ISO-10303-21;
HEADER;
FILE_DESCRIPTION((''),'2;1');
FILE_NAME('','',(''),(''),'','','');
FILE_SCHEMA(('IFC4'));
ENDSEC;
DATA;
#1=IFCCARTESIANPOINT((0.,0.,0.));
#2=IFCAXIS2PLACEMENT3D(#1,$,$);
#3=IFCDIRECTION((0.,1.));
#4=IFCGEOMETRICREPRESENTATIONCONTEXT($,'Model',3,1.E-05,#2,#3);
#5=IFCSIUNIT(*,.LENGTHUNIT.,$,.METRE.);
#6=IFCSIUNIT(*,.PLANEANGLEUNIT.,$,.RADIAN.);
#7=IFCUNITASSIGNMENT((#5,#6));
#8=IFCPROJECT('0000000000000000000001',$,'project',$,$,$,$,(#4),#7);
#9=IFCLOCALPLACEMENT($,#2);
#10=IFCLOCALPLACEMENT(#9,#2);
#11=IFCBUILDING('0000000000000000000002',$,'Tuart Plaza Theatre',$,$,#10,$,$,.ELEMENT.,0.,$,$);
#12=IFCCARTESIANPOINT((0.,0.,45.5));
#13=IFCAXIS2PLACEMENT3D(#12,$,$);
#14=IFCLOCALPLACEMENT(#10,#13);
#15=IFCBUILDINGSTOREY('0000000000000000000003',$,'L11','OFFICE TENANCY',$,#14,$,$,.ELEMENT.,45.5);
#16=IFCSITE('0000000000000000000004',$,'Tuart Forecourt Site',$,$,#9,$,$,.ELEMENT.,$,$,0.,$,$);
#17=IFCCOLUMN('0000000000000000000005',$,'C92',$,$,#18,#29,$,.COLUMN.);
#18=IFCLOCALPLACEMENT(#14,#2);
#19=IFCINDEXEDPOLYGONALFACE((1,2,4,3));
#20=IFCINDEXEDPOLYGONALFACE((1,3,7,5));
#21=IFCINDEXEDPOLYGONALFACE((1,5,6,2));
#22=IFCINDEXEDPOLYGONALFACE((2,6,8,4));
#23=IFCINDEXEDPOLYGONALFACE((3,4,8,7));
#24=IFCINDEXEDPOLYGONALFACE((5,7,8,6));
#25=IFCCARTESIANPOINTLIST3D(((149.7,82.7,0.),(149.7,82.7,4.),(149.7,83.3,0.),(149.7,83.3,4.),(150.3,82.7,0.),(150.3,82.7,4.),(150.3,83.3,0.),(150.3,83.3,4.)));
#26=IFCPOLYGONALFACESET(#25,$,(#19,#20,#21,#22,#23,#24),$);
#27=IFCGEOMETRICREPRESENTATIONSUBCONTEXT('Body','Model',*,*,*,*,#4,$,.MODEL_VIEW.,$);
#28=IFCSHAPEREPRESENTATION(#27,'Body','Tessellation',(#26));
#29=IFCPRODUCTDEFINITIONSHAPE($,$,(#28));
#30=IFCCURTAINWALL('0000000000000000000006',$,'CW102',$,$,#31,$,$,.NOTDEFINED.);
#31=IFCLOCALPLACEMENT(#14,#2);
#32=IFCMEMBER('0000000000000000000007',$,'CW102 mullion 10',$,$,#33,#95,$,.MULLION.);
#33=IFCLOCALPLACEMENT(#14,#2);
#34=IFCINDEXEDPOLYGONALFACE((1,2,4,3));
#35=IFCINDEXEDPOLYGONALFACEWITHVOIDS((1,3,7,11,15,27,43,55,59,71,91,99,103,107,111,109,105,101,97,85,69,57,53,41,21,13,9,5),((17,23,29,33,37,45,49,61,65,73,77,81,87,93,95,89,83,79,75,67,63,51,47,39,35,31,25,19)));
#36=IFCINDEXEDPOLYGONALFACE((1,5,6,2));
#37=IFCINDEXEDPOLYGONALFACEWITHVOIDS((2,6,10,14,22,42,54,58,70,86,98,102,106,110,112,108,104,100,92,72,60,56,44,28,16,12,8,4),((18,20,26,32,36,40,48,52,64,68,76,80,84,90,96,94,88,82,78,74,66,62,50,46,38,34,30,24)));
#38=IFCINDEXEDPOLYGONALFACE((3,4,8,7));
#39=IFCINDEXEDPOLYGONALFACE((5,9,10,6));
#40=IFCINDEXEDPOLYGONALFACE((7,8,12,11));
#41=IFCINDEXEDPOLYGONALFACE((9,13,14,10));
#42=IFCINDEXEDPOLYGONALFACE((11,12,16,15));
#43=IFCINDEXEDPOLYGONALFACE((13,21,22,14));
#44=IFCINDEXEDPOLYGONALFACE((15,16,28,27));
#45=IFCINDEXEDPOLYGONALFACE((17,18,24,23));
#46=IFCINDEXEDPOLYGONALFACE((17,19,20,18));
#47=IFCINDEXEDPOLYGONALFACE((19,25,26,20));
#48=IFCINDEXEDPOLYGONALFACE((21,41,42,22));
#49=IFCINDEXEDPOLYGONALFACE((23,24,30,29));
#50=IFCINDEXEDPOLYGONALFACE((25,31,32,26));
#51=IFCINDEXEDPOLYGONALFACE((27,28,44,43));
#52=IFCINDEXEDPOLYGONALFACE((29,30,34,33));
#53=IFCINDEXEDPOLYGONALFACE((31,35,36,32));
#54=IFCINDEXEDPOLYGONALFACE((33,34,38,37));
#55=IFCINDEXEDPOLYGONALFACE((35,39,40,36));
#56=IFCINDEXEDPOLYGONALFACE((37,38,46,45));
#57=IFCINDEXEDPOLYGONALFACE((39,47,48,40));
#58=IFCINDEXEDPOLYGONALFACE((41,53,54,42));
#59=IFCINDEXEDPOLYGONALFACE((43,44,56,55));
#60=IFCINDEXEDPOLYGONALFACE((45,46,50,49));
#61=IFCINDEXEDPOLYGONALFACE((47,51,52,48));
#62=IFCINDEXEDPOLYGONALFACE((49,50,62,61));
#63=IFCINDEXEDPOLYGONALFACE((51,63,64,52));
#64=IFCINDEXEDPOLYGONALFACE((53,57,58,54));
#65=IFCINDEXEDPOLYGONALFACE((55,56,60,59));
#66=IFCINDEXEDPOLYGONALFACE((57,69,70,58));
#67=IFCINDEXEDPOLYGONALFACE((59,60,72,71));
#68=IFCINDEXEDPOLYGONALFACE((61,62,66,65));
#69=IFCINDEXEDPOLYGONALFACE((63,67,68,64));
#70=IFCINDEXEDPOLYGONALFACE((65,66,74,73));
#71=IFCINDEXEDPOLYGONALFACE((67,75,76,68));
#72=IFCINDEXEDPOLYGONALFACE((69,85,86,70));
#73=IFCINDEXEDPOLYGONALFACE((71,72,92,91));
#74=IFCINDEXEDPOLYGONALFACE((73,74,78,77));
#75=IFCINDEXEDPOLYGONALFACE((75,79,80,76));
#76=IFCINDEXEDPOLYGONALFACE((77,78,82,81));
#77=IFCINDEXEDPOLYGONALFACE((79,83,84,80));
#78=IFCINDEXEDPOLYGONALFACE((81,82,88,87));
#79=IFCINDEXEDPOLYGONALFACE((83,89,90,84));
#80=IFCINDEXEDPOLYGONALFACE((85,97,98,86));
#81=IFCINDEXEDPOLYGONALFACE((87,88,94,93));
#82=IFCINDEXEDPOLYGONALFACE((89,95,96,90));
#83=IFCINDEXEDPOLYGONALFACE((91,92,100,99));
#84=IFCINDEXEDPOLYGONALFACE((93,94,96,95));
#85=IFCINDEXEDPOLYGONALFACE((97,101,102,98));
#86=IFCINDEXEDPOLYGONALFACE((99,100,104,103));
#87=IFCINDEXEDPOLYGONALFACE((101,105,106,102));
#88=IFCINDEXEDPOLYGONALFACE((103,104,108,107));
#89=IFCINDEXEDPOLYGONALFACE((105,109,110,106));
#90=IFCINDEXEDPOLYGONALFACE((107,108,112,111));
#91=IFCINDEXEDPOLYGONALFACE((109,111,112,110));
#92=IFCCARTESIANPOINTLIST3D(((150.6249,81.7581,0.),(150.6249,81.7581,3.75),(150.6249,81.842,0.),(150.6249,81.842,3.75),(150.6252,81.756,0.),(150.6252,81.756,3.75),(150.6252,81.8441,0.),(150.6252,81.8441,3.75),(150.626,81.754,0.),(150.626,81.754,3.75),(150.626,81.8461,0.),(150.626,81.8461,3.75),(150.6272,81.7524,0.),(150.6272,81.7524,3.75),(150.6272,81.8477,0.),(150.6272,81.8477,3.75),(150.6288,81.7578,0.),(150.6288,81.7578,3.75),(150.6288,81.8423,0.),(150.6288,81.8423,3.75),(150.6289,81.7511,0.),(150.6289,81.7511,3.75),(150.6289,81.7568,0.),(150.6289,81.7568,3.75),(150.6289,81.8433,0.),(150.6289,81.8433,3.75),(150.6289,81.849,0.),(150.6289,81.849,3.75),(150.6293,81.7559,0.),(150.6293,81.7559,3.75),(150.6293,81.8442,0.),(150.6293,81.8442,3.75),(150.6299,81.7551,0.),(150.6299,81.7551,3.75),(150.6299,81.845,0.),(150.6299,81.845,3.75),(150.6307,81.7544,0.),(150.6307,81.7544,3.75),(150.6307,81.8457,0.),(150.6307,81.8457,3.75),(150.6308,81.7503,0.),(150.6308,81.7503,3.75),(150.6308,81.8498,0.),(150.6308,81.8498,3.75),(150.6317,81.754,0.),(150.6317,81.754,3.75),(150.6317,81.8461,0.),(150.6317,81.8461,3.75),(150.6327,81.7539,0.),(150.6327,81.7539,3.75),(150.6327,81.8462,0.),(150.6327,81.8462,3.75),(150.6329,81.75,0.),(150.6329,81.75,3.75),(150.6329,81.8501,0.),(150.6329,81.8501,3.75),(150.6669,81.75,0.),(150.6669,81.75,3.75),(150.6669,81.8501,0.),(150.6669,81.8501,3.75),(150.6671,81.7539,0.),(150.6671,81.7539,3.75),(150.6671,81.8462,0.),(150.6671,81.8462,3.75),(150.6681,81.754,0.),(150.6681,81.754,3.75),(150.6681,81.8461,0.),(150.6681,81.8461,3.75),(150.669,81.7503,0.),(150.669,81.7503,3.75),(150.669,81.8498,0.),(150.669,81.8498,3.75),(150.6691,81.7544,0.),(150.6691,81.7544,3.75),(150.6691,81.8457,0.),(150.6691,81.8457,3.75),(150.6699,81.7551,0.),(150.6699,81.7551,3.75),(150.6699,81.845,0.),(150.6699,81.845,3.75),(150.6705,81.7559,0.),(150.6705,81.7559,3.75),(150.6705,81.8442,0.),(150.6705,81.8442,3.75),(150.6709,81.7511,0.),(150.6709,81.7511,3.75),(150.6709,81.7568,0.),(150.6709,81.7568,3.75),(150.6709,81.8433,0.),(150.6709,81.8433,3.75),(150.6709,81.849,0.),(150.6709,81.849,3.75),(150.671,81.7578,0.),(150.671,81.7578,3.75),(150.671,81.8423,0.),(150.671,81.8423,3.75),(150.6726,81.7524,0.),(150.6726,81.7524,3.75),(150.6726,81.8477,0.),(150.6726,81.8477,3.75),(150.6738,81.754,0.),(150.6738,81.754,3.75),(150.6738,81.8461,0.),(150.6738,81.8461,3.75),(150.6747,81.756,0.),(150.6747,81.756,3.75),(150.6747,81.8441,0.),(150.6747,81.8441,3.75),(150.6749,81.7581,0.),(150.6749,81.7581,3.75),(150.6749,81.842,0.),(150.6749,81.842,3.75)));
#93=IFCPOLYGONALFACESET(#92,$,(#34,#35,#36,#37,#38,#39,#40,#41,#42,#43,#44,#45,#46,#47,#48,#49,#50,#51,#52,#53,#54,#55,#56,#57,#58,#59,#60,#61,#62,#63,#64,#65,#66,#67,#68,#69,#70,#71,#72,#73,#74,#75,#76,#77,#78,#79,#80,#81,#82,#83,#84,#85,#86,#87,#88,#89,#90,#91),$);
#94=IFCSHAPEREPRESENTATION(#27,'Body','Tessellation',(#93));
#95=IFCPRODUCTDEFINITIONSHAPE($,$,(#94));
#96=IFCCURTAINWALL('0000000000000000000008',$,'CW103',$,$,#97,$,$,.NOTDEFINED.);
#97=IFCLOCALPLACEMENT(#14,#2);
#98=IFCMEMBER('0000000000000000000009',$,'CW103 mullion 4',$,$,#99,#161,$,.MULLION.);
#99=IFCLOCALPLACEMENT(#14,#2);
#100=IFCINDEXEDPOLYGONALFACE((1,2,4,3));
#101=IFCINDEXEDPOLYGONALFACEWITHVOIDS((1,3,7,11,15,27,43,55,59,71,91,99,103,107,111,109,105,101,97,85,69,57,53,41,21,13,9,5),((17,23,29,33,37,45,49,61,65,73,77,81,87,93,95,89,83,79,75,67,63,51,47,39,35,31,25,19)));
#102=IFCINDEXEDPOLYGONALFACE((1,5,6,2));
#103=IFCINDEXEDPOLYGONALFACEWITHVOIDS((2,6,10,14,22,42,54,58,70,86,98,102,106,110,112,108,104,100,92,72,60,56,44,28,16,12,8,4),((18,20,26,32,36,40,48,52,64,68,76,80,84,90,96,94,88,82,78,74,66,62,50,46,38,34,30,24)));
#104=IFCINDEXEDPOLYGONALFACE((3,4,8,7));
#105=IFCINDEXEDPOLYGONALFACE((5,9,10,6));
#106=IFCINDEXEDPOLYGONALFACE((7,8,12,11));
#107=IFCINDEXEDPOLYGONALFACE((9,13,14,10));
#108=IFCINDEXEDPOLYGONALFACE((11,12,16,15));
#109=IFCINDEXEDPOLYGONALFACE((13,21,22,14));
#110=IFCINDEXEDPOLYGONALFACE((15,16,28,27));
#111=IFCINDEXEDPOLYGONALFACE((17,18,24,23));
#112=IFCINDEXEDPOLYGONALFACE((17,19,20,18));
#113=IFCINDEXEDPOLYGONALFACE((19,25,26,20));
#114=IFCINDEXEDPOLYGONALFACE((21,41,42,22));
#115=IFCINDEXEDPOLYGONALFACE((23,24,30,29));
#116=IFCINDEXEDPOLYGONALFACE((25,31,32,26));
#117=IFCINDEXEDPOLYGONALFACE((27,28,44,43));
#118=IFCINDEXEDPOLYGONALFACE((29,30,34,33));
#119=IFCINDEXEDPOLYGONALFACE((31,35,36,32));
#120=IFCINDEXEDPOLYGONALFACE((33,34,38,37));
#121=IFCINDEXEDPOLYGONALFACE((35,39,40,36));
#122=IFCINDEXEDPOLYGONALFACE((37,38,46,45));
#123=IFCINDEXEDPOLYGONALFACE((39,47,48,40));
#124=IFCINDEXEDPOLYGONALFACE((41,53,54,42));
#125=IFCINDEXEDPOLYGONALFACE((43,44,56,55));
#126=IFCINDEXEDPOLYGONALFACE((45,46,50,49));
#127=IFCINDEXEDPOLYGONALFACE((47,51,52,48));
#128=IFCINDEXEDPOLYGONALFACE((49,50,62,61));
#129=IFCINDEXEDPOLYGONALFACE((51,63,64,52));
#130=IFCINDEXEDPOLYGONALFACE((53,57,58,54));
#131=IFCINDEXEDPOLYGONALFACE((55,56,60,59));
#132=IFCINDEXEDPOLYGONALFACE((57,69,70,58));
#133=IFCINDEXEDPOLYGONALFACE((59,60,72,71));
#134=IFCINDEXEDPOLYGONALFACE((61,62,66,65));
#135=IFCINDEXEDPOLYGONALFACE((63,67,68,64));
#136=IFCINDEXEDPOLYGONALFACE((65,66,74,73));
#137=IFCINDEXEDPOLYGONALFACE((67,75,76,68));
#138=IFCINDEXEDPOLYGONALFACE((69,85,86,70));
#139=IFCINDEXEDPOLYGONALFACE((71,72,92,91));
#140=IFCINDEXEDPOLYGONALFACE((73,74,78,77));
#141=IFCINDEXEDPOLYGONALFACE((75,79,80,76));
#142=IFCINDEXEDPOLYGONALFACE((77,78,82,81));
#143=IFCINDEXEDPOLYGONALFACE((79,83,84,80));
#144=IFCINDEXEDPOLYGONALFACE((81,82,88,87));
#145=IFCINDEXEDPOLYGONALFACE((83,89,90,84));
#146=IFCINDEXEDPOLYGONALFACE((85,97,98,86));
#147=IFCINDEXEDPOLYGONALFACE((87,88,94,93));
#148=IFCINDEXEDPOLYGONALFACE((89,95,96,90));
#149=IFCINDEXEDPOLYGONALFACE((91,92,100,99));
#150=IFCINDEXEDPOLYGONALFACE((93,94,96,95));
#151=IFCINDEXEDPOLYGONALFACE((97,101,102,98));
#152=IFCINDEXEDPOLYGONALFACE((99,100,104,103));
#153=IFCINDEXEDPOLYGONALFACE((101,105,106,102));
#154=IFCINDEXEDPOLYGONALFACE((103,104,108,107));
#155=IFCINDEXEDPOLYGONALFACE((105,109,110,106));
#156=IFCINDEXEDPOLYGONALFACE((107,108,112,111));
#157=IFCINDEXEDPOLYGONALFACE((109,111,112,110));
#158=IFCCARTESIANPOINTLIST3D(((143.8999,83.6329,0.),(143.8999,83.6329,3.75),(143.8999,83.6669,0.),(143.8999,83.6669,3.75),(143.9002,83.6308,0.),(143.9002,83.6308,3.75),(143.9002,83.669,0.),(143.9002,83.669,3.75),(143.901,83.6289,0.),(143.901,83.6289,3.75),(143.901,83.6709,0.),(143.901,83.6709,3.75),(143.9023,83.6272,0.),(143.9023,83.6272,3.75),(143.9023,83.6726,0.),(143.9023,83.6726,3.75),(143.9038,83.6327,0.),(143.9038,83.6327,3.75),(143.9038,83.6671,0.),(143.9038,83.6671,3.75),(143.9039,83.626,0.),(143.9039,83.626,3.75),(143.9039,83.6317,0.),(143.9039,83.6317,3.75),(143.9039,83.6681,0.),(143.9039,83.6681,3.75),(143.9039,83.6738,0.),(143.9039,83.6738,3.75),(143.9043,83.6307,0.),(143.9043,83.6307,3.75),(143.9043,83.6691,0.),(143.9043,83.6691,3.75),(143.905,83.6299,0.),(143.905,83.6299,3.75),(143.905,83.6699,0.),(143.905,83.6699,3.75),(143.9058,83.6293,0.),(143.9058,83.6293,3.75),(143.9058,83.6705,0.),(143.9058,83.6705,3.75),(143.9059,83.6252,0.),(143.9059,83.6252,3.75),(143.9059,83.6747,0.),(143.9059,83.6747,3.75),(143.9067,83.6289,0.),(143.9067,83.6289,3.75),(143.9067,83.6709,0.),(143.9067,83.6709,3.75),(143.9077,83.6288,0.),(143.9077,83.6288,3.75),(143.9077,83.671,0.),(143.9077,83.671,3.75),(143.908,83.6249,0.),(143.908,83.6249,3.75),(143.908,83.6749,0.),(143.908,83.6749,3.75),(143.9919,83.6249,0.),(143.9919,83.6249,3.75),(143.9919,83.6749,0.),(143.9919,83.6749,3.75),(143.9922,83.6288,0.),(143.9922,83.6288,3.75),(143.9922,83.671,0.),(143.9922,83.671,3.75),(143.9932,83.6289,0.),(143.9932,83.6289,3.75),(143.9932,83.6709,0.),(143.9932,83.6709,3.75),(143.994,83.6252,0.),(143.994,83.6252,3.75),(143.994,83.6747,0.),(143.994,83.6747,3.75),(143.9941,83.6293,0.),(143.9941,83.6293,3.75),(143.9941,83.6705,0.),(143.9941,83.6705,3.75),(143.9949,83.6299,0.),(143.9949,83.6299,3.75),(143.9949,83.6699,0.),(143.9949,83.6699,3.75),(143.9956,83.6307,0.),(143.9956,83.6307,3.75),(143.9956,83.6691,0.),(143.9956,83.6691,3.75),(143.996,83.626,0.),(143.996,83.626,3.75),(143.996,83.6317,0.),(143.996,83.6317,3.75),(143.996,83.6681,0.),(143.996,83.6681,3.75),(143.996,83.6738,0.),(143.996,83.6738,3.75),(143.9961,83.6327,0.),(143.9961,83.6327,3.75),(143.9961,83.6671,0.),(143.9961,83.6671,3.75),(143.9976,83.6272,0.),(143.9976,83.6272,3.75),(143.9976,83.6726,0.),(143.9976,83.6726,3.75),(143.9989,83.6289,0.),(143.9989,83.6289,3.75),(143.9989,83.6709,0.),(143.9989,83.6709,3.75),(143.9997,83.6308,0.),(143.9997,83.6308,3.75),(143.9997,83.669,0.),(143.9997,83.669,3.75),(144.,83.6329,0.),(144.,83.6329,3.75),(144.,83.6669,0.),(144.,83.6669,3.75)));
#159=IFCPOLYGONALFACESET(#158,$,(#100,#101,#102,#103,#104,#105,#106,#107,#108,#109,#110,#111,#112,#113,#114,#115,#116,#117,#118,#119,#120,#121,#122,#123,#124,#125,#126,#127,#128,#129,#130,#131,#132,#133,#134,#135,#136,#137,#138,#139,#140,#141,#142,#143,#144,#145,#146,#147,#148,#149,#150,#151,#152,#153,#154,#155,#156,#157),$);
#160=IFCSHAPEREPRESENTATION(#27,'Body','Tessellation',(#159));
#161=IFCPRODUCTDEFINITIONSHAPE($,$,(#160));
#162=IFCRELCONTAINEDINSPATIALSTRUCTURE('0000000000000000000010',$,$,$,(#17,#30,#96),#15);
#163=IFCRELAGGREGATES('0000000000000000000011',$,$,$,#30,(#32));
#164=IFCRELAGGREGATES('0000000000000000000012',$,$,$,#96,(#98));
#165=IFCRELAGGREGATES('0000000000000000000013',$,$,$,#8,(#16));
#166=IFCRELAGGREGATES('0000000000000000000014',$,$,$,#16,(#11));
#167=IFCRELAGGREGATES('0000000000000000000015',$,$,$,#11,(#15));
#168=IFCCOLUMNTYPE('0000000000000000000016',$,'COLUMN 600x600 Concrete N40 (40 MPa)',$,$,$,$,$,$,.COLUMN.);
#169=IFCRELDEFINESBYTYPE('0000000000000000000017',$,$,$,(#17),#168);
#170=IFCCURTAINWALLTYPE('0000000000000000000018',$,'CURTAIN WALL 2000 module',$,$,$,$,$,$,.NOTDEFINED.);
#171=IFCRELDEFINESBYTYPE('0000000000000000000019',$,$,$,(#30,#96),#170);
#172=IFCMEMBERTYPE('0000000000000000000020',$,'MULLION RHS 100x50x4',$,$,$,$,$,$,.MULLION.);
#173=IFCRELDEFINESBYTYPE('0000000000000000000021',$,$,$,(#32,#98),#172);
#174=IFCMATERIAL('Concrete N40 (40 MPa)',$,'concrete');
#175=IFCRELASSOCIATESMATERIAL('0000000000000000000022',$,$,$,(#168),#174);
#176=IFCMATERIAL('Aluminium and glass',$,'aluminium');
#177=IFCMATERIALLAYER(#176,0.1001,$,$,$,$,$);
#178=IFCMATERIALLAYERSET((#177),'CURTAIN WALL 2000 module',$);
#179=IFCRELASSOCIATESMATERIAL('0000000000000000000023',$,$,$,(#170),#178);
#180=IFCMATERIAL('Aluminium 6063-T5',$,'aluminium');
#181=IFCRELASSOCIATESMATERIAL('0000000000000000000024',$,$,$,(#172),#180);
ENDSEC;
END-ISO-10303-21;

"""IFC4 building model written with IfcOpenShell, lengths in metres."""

from ifc_helpers import new_model, si_unit, direction, frame, origin, origin_2d, place, context, subcontext, project, spatial, rectangle, hollow_rectangle, extrude, material, layer, layer_set, material_profile, profile_set, type_object, element, aggregate, save


model = new_model("IFC4")

# Units and contexts
model_context = context("Model", 3, precision=1e-05, world=origin(), true_north=direction((0.0, 1.0)))
body_context = subcontext(model_context, "Body", "Model", "MODEL_VIEW")
ifc_project = project(units=[si_unit("LENGTHUNIT", "METRE"), si_unit("PLANEANGLEUNIT", "RADIAN")], contexts=[model_context])

# Site, building, storey
site_placement = place(None, origin())
site = spatial("IfcSite", under=ifc_project, at=site_placement, Name="Tuart Forecourt Site", CompositionType="ELEMENT", RefElevation=0.0)
building_placement = place(site_placement, origin())
building = spatial("IfcBuilding", under=site, at=building_placement, Name="Tuart Plaza Theatre", CompositionType="ELEMENT", ElevationOfRefHeight=0.0)
storey_placement = place(building_placement, frame((0.0, 0.0, 45.5)))
storey = spatial("IfcBuildingStorey", under=building, at=storey_placement, Name="L11", Description="OFFICE TENANCY", CompositionType="ELEMENT", Elevation=45.5)

# Column
ifc_material_1 = material(Name="Concrete N40 (40 MPa)", Category="concrete")
ifc_material_profile_1 = material_profile(ifc_material_1, rectangle(XDim=0.6001, YDim=0.6001, at=origin_2d()), Name="COLUMN 600x600 Concrete N40 (40 MPa)")
ifc_profile_set_1 = profile_set([ifc_material_profile_1], Name="Concrete N40 (40 MPa)")
column_type = type_object("IfcColumnType", Name="COLUMN 600x600 Concrete N40 (40 MPa)", PredefinedType="COLUMN", material=ifc_profile_set_1)
column_placement = place(storey_placement, frame((150.0, 83.0, 0.0), z_axis=(0.0, 0.0, 1.0), x_axis=(1.0, 0.0, 0.0)))
element("IfcColumn", 1, at=column_placement, inside=storey, type_object=column_type, Name="C92", PredefinedType="COLUMN", context=body_context, shape_type="SweptSolid", body=[
    extrude(rectangle(XDim=0.6001, YDim=0.6001, at=origin_2d()), origin(), (0.0, 0.0, 1.0), 4.0),
])

# Curtain wall, member
ifc_material_2 = material(Name="Aluminium and glass", Category="aluminium")
ifc_layer_1 = layer(ifc_material_2, 0.1001)
ifc_layer_set_1 = layer_set([ifc_layer_1], Name="CURTAIN WALL 2000 module")
curtain_wall_type = type_object("IfcCurtainWallType", Name="CURTAIN WALL 2000 module", PredefinedType="NOTDEFINED", material=ifc_layer_set_1)
curtain_wall_1_placement = place(storey_placement, origin())
curtain_wall_1 = element("IfcCurtainWall", 2, at=curtain_wall_1_placement, inside=storey, type_object=curtain_wall_type, Name="CW102", PredefinedType="NOTDEFINED")
ifc_material_3 = material(Name="Aluminium 6063-T5", Category="aluminium")
ifc_material_profile_2 = material_profile(ifc_material_3, hollow_rectangle(XDim=0.05, YDim=0.1001, WallThickness=0.0039, InnerFilletRadius=0.0039, OuterFilletRadius=0.0081, at=origin_2d()), Name="RHS 100x50x4")
ifc_profile_set_2 = profile_set([ifc_material_profile_2], Name="Aluminium 6063-T5")
member_type_1 = type_object("IfcMemberType", Name="MULLION RHS 100x50x4", PredefinedType="MULLION", material=ifc_profile_set_2)
member_1_placement = place(storey_placement, frame((150.6499, 81.8, 0.0), z_axis=(0.0, 0.0, 1.0), x_axis=(-1.0, 0.0, 0.0)))
member_1 = element("IfcMember", 3, at=member_1_placement, type_object=member_type_1, Name="CW102 mullion 10", PredefinedType="MULLION", context=body_context, shape_type="SweptSolid", body=[
    extrude(hollow_rectangle(XDim=0.05, YDim=0.1001, WallThickness=0.0039, InnerFilletRadius=0.0039, OuterFilletRadius=0.0081, at=origin_2d()), origin(), (0.0, 0.0, 1.0), 3.75),
])

# Curtain wall, member
curtain_wall_2_placement = place(storey_placement, origin())
curtain_wall_2 = element("IfcCurtainWall", 4, at=curtain_wall_2_placement, inside=storey, type_object=curtain_wall_type, Name="CW103", PredefinedType="NOTDEFINED")
member_2_placement = place(storey_placement, frame((143.95, 83.6499, 0.0), z_axis=(0.0, 0.0, 1.0), x_axis=(0.0, -1.0, 0.0)))
member_2 = element("IfcMember", 5, at=member_2_placement, type_object=member_type_1, Name="CW103 mullion 4", PredefinedType="MULLION", context=body_context, shape_type="SweptSolid", body=[
    extrude(hollow_rectangle(XDim=0.05, YDim=0.1001, WallThickness=0.0039, InnerFilletRadius=0.0039, OuterFilletRadius=0.0081, at=origin_2d()), origin(), (0.0, 0.0, 1.0), 3.75),
])

aggregate(curtain_wall_1, [member_1])
aggregate(curtain_wall_2, [member_2])

save(model, "model.ifc")
